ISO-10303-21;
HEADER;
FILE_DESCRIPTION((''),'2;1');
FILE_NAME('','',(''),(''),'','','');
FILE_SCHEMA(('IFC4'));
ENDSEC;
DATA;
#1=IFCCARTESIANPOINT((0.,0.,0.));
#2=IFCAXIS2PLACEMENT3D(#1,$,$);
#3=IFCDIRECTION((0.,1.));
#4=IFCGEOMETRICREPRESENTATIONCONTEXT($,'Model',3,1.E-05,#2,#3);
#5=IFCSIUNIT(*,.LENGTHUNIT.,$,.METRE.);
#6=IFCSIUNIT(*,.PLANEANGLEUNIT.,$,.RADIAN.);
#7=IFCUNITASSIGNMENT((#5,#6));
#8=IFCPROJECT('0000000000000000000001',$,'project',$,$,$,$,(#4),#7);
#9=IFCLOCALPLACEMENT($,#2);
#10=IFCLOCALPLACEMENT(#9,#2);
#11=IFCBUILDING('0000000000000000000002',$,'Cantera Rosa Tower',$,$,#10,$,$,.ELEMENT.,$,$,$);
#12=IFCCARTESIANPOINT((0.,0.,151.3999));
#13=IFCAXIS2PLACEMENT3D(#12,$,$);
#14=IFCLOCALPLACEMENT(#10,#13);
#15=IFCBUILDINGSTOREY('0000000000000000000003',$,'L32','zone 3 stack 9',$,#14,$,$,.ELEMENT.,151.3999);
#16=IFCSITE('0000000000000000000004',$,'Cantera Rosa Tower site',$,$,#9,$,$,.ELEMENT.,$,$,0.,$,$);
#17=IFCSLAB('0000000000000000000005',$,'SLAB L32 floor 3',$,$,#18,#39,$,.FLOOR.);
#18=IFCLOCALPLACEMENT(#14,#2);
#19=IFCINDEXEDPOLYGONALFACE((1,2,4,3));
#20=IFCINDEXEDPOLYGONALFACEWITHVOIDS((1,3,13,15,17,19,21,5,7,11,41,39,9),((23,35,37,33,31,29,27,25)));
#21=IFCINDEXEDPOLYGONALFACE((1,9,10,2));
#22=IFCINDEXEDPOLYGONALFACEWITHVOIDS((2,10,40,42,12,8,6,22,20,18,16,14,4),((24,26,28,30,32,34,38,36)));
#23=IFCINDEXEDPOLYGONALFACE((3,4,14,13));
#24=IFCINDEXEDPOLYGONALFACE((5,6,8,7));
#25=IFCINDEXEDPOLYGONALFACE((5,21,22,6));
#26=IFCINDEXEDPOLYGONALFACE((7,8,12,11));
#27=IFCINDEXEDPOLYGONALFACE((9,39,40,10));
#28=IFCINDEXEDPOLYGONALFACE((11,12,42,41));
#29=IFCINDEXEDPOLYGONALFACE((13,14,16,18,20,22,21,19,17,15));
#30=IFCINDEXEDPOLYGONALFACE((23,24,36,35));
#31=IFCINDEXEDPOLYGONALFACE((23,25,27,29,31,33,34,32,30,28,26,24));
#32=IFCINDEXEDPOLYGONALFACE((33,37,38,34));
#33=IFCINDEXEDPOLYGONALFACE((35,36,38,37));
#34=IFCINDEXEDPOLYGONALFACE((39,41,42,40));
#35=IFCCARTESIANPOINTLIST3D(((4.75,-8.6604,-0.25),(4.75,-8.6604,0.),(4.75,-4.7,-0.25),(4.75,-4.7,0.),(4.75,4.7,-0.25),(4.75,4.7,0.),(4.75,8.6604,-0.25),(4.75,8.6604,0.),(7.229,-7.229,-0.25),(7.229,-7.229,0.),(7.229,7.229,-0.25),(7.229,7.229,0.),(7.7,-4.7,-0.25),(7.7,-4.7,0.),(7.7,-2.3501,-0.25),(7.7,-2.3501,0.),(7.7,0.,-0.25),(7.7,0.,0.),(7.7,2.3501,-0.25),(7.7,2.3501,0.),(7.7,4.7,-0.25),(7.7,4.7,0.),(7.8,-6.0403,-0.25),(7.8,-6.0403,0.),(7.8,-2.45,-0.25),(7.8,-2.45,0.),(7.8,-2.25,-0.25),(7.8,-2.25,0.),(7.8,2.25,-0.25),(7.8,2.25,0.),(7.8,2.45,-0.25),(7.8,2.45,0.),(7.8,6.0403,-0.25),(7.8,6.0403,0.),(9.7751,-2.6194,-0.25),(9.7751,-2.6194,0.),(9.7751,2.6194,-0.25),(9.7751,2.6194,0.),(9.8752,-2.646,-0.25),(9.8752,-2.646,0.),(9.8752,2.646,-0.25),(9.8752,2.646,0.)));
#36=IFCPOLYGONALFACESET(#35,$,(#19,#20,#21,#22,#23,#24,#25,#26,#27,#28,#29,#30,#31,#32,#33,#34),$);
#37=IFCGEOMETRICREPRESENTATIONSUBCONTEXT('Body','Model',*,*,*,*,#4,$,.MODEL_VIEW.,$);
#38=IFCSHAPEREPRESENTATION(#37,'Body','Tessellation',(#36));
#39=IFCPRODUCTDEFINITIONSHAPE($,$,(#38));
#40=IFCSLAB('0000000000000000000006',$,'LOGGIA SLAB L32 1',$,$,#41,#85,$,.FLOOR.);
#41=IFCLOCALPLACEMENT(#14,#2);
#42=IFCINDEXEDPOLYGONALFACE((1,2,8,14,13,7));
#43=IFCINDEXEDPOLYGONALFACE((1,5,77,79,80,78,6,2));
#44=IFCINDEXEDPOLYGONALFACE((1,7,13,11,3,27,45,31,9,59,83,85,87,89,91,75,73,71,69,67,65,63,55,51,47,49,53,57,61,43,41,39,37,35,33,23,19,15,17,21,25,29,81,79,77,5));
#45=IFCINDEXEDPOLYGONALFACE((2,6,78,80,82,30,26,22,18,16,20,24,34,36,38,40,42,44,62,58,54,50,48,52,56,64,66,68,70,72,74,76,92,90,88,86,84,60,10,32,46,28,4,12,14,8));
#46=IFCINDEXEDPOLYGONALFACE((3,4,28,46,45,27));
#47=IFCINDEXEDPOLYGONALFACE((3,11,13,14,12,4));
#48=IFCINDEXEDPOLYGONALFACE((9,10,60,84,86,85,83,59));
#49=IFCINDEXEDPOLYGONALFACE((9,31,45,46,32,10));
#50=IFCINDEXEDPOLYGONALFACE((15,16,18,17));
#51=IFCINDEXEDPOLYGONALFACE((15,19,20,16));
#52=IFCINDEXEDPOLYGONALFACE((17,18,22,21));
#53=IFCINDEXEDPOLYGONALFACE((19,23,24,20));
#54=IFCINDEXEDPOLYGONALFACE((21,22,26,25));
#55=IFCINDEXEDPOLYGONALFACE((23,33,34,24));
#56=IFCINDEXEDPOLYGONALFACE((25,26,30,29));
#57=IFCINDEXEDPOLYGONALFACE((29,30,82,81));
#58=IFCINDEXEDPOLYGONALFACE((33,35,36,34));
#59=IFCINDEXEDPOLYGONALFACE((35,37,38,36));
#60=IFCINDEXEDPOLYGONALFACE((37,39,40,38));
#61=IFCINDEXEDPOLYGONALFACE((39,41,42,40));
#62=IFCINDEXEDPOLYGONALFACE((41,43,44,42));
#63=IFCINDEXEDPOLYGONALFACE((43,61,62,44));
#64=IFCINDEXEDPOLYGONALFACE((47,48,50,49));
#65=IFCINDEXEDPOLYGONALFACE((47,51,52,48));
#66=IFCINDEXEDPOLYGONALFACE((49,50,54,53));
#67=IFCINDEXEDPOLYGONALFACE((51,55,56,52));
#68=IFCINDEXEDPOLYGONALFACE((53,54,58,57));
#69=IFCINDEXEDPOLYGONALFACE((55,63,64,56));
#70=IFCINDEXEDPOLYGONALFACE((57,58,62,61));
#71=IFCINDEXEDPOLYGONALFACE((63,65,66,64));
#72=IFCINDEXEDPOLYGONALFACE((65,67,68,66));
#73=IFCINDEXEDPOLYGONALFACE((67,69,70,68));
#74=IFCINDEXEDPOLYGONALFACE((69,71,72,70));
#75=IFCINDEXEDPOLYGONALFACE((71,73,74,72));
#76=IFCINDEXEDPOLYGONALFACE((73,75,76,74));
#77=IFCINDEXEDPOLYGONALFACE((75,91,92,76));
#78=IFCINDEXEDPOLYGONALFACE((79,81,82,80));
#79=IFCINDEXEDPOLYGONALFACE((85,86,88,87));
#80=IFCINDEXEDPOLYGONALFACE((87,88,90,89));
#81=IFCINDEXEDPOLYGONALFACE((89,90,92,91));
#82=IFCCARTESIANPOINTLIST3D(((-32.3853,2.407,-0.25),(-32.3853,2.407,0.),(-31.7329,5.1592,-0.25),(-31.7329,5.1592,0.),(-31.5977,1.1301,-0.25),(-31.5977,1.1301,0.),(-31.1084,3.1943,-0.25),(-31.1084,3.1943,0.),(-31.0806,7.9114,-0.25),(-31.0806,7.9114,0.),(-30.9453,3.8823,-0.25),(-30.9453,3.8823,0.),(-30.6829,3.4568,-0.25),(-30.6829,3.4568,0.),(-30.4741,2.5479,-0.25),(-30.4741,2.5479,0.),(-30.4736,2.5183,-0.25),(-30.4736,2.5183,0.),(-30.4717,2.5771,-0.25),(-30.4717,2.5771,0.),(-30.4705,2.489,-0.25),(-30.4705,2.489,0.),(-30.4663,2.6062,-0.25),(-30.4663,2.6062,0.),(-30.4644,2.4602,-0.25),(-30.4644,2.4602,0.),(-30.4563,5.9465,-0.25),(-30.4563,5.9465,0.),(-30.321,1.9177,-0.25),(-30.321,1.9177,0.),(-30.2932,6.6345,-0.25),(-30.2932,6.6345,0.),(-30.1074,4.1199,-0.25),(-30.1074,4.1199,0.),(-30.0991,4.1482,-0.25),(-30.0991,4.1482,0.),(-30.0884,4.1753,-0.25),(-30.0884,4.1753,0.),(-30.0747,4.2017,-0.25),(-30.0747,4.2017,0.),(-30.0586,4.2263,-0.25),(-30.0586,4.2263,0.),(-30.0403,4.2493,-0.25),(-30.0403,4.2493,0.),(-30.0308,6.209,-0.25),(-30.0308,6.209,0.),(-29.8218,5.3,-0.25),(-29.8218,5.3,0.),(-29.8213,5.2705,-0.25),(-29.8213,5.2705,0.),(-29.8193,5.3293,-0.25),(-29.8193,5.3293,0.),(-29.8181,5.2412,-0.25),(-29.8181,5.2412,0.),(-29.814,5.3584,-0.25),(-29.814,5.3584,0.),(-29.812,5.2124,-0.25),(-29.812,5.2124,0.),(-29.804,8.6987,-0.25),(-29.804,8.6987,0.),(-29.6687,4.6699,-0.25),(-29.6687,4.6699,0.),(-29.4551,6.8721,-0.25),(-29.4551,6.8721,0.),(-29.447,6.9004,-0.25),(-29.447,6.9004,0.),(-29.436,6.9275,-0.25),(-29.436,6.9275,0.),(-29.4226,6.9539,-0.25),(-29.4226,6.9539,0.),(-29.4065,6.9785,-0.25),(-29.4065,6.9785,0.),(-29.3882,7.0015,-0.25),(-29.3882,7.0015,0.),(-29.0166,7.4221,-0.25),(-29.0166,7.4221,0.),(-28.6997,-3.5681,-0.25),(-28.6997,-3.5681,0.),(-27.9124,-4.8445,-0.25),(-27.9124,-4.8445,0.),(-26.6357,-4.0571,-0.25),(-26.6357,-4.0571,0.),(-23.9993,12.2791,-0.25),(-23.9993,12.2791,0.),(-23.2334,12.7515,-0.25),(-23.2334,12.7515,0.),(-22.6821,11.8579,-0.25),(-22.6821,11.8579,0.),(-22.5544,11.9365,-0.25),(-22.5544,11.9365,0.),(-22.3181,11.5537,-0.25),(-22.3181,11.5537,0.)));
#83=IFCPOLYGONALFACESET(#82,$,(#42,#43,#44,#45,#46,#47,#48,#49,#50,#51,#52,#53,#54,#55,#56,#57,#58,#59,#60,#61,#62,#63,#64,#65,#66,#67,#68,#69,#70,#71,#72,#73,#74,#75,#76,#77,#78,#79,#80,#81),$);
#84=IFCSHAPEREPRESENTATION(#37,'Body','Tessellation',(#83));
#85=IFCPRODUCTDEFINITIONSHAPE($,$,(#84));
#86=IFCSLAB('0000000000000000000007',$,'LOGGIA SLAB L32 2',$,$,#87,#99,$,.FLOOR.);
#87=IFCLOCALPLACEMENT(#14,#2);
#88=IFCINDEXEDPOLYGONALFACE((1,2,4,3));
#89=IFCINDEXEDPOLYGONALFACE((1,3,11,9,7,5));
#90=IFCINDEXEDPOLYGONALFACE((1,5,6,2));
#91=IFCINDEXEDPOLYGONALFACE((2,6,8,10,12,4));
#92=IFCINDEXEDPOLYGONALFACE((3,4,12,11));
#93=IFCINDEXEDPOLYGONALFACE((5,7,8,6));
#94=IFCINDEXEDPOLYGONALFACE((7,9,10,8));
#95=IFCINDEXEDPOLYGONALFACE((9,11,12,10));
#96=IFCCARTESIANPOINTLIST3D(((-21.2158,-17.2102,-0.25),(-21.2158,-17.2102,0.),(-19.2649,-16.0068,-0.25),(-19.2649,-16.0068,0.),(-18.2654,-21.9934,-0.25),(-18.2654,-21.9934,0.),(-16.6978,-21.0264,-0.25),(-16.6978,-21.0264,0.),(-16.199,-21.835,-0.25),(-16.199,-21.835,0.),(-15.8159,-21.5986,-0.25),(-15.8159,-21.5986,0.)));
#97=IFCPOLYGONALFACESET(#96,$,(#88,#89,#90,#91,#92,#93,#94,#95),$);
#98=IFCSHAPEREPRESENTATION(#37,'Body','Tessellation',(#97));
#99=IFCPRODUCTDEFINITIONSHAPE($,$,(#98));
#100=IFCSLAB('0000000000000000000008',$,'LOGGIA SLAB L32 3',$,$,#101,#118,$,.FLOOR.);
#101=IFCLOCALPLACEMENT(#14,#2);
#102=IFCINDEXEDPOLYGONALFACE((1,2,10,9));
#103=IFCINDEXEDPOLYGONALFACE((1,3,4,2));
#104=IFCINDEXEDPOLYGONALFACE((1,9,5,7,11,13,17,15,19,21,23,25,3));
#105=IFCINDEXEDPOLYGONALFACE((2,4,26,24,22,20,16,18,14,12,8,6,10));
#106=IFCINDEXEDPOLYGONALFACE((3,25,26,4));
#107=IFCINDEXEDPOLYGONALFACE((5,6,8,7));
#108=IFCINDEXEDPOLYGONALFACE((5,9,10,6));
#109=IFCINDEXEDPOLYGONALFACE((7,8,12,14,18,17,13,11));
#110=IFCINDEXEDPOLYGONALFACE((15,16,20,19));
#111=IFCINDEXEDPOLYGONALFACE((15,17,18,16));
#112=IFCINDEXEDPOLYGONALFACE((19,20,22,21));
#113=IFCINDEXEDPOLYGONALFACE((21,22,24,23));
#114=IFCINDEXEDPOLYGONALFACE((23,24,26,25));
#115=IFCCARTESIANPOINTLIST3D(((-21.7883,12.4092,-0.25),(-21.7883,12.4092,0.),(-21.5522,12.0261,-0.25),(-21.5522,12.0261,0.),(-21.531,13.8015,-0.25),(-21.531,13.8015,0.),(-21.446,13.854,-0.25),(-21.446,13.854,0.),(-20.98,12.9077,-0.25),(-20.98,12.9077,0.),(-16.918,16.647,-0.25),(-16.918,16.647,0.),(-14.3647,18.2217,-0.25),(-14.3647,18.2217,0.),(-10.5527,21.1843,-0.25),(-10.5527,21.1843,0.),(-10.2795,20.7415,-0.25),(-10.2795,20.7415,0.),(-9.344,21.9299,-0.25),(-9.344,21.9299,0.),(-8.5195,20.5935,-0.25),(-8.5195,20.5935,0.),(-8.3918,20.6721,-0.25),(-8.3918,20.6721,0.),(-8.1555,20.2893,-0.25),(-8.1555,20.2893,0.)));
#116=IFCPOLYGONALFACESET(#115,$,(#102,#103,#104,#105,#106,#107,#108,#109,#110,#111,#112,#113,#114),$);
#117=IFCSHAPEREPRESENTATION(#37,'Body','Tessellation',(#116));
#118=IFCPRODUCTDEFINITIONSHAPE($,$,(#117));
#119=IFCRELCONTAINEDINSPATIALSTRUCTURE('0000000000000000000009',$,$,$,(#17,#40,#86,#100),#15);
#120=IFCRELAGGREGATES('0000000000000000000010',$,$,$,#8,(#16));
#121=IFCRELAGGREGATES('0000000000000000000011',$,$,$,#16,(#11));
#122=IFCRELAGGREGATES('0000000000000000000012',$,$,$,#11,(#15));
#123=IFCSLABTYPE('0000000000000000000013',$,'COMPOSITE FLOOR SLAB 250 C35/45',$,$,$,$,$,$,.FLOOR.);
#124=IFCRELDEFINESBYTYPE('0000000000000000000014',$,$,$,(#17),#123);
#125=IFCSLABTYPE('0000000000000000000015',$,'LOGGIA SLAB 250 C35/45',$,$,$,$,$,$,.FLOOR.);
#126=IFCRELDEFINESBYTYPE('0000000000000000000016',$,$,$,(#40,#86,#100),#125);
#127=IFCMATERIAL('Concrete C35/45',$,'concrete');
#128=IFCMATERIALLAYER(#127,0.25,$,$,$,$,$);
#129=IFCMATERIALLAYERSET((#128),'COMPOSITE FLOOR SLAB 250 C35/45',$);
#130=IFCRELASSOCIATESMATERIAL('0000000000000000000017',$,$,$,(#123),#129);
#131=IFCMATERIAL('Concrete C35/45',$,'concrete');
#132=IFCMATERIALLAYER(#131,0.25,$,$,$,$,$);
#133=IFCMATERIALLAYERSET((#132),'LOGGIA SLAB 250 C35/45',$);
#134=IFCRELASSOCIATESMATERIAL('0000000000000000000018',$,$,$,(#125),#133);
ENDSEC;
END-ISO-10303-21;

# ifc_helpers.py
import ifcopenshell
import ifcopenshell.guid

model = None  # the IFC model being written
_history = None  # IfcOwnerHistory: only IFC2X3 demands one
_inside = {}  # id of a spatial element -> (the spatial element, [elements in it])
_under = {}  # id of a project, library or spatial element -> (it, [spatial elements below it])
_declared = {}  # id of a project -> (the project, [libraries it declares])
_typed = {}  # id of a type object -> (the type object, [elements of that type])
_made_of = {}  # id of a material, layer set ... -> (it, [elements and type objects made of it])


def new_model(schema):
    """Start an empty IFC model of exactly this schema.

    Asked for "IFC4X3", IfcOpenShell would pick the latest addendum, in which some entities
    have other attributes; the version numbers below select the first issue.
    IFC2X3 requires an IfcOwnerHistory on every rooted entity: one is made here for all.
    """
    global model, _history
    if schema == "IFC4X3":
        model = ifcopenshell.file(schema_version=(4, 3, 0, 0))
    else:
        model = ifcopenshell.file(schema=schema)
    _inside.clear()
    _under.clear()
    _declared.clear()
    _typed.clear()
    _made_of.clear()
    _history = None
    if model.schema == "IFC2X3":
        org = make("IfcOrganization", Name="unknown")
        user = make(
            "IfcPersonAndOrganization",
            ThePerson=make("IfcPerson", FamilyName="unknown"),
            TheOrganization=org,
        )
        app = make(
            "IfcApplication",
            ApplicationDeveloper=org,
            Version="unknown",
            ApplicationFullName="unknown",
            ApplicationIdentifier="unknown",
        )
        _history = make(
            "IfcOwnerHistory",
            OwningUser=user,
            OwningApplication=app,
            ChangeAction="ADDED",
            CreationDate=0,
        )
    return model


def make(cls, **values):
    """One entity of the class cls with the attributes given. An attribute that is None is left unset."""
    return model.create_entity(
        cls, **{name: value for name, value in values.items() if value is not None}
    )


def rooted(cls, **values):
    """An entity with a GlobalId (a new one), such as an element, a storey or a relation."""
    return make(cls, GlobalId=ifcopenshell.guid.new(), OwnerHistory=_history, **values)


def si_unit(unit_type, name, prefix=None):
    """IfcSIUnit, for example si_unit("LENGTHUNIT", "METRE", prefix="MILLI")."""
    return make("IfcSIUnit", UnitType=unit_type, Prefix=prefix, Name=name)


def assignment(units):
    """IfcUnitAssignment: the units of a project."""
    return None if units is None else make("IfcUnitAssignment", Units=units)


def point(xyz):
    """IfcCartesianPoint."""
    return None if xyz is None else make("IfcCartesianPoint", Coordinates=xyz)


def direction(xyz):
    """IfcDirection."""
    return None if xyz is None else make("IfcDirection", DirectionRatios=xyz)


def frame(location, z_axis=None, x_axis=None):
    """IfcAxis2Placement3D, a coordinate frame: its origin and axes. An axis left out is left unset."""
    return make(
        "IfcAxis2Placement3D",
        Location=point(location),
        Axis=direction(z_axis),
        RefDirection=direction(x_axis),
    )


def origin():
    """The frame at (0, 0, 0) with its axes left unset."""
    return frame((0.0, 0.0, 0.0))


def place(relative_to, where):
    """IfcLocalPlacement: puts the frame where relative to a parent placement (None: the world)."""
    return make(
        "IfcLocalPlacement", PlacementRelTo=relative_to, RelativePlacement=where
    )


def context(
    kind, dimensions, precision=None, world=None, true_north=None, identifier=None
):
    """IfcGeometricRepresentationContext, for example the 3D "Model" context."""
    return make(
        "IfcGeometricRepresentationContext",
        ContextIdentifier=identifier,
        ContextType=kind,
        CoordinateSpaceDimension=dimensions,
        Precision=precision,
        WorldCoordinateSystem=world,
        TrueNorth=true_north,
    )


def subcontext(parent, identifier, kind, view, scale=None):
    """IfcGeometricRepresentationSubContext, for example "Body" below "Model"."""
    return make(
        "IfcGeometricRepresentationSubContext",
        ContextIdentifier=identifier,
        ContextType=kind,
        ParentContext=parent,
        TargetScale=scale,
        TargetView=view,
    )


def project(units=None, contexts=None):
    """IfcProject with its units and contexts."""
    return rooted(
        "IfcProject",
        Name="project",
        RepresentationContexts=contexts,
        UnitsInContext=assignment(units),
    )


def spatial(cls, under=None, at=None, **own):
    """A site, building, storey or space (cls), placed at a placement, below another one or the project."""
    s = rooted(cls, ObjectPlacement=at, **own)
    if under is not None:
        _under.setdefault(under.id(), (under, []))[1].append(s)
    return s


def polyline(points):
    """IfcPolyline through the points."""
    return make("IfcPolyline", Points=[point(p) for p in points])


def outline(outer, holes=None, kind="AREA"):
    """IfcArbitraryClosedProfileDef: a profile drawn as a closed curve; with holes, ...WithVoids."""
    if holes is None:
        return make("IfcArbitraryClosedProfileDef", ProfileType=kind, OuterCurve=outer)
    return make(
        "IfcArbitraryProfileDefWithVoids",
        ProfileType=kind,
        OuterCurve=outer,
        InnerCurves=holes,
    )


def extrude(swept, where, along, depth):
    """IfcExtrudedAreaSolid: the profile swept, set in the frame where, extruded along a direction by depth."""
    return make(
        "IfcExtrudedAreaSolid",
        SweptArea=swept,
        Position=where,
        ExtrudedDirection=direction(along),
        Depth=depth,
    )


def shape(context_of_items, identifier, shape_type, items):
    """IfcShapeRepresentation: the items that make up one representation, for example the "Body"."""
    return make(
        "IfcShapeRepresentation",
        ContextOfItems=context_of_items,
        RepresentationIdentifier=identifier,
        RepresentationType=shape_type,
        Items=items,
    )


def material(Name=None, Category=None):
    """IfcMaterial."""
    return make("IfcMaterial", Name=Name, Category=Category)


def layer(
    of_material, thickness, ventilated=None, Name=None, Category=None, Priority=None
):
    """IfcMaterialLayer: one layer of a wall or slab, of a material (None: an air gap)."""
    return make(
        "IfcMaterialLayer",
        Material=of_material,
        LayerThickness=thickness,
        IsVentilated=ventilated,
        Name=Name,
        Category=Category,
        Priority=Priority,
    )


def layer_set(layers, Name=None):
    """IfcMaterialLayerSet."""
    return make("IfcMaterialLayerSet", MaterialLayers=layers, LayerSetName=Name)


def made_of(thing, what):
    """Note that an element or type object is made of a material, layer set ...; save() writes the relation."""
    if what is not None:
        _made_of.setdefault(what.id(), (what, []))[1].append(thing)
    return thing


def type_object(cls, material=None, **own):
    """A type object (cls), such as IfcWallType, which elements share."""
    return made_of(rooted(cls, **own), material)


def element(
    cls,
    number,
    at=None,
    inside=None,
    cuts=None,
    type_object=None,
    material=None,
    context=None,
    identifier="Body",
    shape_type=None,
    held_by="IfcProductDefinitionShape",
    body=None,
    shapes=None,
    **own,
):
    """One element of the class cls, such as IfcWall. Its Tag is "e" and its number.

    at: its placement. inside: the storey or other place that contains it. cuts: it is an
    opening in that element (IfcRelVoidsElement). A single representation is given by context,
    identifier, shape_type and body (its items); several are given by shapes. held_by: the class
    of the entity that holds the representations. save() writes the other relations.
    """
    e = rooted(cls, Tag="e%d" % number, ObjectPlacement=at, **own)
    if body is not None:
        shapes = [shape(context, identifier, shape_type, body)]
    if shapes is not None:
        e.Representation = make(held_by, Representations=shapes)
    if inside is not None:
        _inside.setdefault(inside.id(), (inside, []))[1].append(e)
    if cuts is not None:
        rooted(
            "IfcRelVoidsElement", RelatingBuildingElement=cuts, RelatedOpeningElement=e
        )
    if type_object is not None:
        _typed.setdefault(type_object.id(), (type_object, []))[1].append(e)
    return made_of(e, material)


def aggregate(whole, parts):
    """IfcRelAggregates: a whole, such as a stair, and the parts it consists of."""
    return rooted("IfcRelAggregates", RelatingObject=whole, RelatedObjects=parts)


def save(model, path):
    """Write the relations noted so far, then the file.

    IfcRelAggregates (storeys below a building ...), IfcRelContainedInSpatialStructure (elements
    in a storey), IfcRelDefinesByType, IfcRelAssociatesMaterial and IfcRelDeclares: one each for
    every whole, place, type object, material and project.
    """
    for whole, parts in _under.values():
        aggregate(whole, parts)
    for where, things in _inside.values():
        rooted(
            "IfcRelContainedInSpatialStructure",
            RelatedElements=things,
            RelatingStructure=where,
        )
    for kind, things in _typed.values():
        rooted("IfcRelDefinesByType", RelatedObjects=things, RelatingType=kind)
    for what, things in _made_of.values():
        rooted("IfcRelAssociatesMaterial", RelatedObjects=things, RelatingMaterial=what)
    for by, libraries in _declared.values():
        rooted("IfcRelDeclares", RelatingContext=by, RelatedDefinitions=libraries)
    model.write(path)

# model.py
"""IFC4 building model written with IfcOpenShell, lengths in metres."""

from ifc_helpers import new_model, si_unit, direction, frame, origin, place, context, subcontext, project, spatial, polyline, outline, extrude, material, layer, layer_set, type_object, element, save


model = new_model("IFC4")

# Units and contexts
model_context = context("Model", 3, precision=1e-05, world=origin(), true_north=direction((0.0, 1.0)))
body_context = subcontext(model_context, "Body", "Model", "MODEL_VIEW")
ifc_project = project(units=[si_unit("LENGTHUNIT", "METRE"), si_unit("PLANEANGLEUNIT", "RADIAN")], contexts=[model_context])

# Site, building, storey
site_placement = place(None, origin())
site = spatial("IfcSite", under=ifc_project, at=site_placement, Name="Cantera Rosa Tower site", CompositionType="ELEMENT", RefElevation=0.0)
building_placement = place(site_placement, origin())
building = spatial("IfcBuilding", under=site, at=building_placement, Name="Cantera Rosa Tower", CompositionType="ELEMENT")
storey_placement = place(building_placement, frame((0.0, 0.0, 151.3999)))
storey = spatial("IfcBuildingStorey", under=building, at=storey_placement, Name="L32", Description="zone 3 stack 9", CompositionType="ELEMENT", Elevation=151.3999)

# Slabs
ifc_material_1 = material(Name="Concrete C35/45", Category="concrete")
ifc_layer_1 = layer(ifc_material_1, 0.25)
ifc_layer_set_1 = layer_set([ifc_layer_1], Name="COMPOSITE FLOOR SLAB 250 C35/45")
slab_type_1 = type_object("IfcSlabType", Name="COMPOSITE FLOOR SLAB 250 C35/45", PredefinedType="FLOOR", material=ifc_layer_set_1)
slab_1_placement = place(storey_placement, frame((0.0, 0.0, -0.25)))
element("IfcSlab", 1, at=slab_1_placement, inside=storey, type_object=slab_type_1, Name="SLAB L32 floor 3", PredefinedType="FLOOR", context=body_context, shape_type="SweptSolid", body=[
    extrude(outline(polyline([(7.7, 0.0), (7.7, 2.3501), (7.7, 4.7), (4.75, 4.7), (4.75, 8.6604), (7.229, 7.229), (9.8752, 2.646), (9.8752, -2.646), (7.229, -7.229), (4.75, -8.6604), (4.75, -4.7), (7.7, -4.7), (7.7, -2.3501), (7.7, 0.0)]), holes=[polyline([(9.7751, 2.6194), (7.8, 6.0403), (7.8, 2.45), (7.8, 2.25), (7.8, -2.25), (7.8, -2.45), (7.8, -6.0403), (9.7751, -2.6194), (9.7751, 2.6194)])]), origin(), (0.0, 0.0, 1.0), 0.25),
])
ifc_material_2 = material(Name="Concrete C35/45", Category="concrete")
ifc_layer_2 = layer(ifc_material_2, 0.25)
ifc_layer_set_2 = layer_set([ifc_layer_2], Name="LOGGIA SLAB 250 C35/45")
slab_type_2 = type_object("IfcSlabType", Name="LOGGIA SLAB 250 C35/45", PredefinedType="FLOOR", material=ifc_layer_set_2)
slab_2_placement = place(storey_placement, frame((0.0, 0.0, -0.25)))
element("IfcSlab", 2, at=slab_2_placement, inside=storey, type_object=slab_type_2, Name="LOGGIA SLAB L32 1", PredefinedType="FLOOR", context=body_context, shape_type="SweptSolid", body=[
    extrude(outline(polyline([(-31.5977, 1.1301), (-32.3853, 2.407), (-31.1084, 3.1943), (-30.6829, 3.4568), (-30.9453, 3.8823), (-31.7329, 5.1592), (-30.4563, 5.9465), (-30.0308, 6.209), (-30.2932, 6.6345), (-31.0806, 7.9114), (-29.804, 8.6987), (-23.9993, 12.2791), (-23.2334, 12.7515), (-22.6821, 11.8579), (-22.5544, 11.9365), (-22.3181, 11.5537), (-29.0166, 7.4221), (-29.3882, 7.0015), (-29.4065, 6.9785), (-29.4226, 6.9539), (-29.436, 6.9275), (-29.447, 6.9004), (-29.4551, 6.8721), (-29.814, 5.3584), (-29.8193, 5.3293), (-29.8218, 5.3), (-29.8213, 5.2705), (-29.8181, 5.2412), (-29.812, 5.2124), (-29.6687, 4.6699), (-30.0403, 4.2493), (-30.0586, 4.2263), (-30.0747, 4.2017), (-30.0884, 4.1753), (-30.0991, 4.1482), (-30.1074, 4.1199), (-30.4663, 2.6062), (-30.4717, 2.5771), (-30.4741, 2.5479), (-30.4736, 2.5183), (-30.4705, 2.489), (-30.4644, 2.4602), (-30.321, 1.9177), (-26.6357, -4.0571), (-27.9124, -4.8445), (-28.6997, -3.5681), (-31.5977, 1.1301)])), origin(), (0.0, 0.0, 1.0), 0.25),
])
slab_3_placement = place(storey_placement, frame((0.0, 0.0, -0.25)))
element("IfcSlab", 3, at=slab_3_placement, inside=storey, type_object=slab_type_2, Name="LOGGIA SLAB L32 2", PredefinedType="FLOOR", context=body_context, shape_type="SweptSolid", body=[
    extrude(outline(polyline([(-16.199, -21.835), (-16.6978, -21.0264), (-18.2654, -21.9934), (-21.2158, -17.2102), (-19.2649, -16.0068), (-15.8159, -21.5986), (-16.199, -21.835)])), origin(), (0.0, 0.0, 1.0), 0.25),
])
slab_4_placement = place(storey_placement, frame((0.0, 0.0, -0.25)))
element("IfcSlab", 4, at=slab_4_placement, inside=storey, type_object=slab_type_2, Name="LOGGIA SLAB L32 3", PredefinedType="FLOOR", context=body_context, shape_type="SweptSolid", body=[
    extrude(outline(polyline([(-14.3647, 18.2217), (-10.2795, 20.7415), (-10.5527, 21.1843), (-9.344, 21.9299), (-8.5195, 20.5935), (-8.3918, 20.6721), (-8.1555, 20.2893), (-21.5522, 12.0261), (-21.7883, 12.4092), (-20.98, 12.9077), (-21.531, 13.8015), (-21.446, 13.854), (-16.918, 16.647), (-14.3647, 18.2217)])), origin(), (0.0, 0.0, 1.0), 0.25),
])

save(model, "model.ifc")
